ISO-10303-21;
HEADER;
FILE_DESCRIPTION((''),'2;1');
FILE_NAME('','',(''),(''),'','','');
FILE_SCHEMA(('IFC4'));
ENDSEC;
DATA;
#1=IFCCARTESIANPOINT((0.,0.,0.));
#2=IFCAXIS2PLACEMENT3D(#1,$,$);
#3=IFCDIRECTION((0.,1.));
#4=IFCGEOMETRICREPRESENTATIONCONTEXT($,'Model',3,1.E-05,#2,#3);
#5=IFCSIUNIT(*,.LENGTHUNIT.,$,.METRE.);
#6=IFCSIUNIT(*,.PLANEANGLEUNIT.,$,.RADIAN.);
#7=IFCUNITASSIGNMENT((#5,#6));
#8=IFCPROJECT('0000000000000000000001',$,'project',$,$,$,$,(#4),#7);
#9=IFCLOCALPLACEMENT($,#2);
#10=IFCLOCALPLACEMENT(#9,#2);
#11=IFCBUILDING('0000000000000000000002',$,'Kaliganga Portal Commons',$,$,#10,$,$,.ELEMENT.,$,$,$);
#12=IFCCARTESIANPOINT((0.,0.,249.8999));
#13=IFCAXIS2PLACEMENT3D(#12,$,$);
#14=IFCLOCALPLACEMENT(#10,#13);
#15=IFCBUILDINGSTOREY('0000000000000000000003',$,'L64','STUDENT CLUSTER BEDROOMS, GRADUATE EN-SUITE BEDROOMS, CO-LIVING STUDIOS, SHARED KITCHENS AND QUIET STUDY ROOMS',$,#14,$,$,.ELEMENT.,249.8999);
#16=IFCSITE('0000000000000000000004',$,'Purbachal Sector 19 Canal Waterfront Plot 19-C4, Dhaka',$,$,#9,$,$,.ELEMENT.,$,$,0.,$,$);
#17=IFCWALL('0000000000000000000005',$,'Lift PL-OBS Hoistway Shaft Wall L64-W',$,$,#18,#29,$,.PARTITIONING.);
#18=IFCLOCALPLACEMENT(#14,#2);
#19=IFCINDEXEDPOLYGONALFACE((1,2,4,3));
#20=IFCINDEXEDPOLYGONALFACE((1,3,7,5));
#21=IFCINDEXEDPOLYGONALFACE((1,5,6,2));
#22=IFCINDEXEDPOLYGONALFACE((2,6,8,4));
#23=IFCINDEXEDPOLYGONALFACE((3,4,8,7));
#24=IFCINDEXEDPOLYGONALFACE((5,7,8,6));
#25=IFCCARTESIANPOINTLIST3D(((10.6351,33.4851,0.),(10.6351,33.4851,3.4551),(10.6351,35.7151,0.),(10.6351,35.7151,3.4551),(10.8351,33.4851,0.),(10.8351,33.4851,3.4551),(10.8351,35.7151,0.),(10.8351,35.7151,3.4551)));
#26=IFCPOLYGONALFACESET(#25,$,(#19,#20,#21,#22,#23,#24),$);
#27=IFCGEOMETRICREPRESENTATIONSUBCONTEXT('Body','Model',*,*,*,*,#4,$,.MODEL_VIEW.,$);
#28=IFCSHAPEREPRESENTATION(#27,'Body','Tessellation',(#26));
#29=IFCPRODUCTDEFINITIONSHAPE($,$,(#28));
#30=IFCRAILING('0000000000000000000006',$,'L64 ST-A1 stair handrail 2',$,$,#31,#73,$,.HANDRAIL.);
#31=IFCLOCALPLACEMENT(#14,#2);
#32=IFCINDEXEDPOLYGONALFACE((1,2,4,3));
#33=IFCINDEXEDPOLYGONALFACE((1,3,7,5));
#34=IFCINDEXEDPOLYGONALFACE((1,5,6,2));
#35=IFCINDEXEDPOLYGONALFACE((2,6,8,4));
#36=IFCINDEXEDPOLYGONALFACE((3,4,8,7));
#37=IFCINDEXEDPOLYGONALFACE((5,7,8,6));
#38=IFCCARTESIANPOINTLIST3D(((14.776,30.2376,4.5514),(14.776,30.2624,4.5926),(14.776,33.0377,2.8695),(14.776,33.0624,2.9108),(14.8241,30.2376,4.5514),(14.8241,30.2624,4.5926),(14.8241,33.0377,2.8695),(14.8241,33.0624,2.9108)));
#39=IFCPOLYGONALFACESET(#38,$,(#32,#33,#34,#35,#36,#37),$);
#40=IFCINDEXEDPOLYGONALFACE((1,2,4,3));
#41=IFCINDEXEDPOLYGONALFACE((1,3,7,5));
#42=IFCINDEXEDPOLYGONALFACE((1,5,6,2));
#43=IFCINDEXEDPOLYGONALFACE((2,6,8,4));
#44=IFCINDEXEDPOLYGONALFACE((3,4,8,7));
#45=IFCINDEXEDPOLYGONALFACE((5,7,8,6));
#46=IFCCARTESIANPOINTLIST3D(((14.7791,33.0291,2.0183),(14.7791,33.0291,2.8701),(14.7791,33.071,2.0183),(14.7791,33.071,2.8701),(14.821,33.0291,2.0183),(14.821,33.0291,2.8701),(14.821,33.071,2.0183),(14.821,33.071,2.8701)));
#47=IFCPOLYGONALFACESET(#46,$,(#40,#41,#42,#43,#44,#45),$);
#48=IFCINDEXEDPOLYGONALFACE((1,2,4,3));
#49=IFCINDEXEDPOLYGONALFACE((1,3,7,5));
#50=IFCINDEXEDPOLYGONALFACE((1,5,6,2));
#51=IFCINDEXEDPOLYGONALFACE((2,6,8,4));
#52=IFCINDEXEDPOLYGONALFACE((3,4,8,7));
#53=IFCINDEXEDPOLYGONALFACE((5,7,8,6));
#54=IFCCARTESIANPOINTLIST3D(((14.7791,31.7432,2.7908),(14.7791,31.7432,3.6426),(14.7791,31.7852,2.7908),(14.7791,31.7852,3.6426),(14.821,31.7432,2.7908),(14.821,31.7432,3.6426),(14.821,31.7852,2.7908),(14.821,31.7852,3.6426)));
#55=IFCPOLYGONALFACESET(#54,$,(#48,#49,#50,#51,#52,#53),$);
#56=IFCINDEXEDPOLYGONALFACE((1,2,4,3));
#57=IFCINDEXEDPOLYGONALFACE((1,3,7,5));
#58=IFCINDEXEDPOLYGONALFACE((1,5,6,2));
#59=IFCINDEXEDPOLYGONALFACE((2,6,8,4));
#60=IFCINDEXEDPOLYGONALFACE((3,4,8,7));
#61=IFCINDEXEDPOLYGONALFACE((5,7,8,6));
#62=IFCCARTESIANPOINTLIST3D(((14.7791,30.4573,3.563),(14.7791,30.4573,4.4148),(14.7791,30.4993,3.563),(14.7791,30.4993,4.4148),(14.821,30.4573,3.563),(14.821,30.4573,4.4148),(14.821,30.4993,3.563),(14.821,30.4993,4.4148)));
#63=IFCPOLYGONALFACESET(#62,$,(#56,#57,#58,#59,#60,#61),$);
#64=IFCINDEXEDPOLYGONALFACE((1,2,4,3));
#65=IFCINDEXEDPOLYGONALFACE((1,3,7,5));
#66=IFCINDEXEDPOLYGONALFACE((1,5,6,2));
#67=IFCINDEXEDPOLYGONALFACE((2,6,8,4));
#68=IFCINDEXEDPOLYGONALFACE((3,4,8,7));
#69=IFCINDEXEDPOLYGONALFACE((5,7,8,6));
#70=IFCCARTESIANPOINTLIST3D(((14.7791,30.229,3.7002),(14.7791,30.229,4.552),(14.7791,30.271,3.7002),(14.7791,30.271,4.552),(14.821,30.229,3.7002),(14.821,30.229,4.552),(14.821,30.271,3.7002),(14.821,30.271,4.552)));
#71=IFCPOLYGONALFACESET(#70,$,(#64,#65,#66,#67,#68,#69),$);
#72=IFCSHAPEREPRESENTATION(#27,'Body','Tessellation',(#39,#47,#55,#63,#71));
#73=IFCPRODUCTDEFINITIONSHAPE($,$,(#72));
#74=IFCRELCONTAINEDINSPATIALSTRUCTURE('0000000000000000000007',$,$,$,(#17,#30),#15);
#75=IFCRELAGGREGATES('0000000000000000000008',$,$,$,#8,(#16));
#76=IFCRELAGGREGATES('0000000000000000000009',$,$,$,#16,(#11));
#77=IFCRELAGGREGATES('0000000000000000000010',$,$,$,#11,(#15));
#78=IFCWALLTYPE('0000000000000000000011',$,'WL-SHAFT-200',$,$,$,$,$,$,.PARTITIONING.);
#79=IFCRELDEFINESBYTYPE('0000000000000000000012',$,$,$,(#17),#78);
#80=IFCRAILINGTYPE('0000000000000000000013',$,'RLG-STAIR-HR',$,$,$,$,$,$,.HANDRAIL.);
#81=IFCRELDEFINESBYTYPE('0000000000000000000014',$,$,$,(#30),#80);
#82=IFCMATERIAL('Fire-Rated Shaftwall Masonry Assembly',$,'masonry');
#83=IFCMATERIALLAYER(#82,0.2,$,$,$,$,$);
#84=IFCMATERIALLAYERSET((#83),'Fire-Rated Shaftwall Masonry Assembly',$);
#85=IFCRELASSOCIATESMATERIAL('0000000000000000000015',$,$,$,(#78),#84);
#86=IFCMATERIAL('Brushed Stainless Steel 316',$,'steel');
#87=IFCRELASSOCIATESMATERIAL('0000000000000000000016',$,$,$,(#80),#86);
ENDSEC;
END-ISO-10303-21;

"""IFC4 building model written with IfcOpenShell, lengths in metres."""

from ifc_helpers import new_model, si_unit, direction, frame, frame_2d, origin, origin_2d, place, context, subcontext, project, spatial, rectangle, extrude, material, layer, layer_set, type_object, element, save


model = new_model("IFC4")

# Units and contexts
model_context = context("Model", 3, precision=1e-05, world=origin(), true_north=direction((0.0, 1.0)))
body_context = subcontext(model_context, "Body", "Model", "MODEL_VIEW")
ifc_project = project(units=[si_unit("LENGTHUNIT", "METRE"), si_unit("PLANEANGLEUNIT", "RADIAN")], contexts=[model_context])

# Site, building, storey
site_placement = place(None, origin())
site = spatial("IfcSite", under=ifc_project, at=site_placement, Name="Purbachal Sector 19 Canal Waterfront Plot 19-C4, Dhaka", CompositionType="ELEMENT", RefElevation=0.0)
building_placement = place(site_placement, origin())
building = spatial("IfcBuilding", under=site, at=building_placement, Name="Kaliganga Portal Commons", CompositionType="ELEMENT")
storey_placement = place(building_placement, frame((0.0, 0.0, 249.8999)))
storey = spatial("IfcBuildingStorey", under=building, at=storey_placement, Name="L64", Description="STUDENT CLUSTER BEDROOMS, GRADUATE EN-SUITE BEDROOMS, CO-LIVING STUDIOS, SHARED KITCHENS AND QUIET STUDY ROOMS", CompositionType="ELEMENT", Elevation=249.8999)

# Shared definitions
ifc_material_1 = material(Name="Fire-Rated Shaftwall Masonry Assembly", Category="masonry")
ifc_layer_1 = layer(ifc_material_1, 0.2)
ifc_layer_set_1 = layer_set([ifc_layer_1], Name="Fire-Rated Shaftwall Masonry Assembly")
wall_type_1 = type_object("IfcWallType", Name="WL-SHAFT-200", PredefinedType="PARTITIONING", material=ifc_layer_set_1)

# Wall
wall_1_placement = place(storey_placement, frame((10.7351, 33.4851, 0.0), z_axis=(0.0, 0.0, 1.0), x_axis=(0.0, 1.0, 0.0)))
element("IfcWall", 1, at=wall_1_placement, inside=storey, type_object=wall_type_1, Name="Lift PL-OBS Hoistway Shaft Wall L64-W", PredefinedType="PARTITIONING", context=body_context, shape_type="SweptSolid", body=[
    extrude(rectangle(XDim=2.23, YDim=0.2, at=frame_2d((1.115, 0.0))), origin(), (0.0, 0.0, 1.0), 3.4551),
])

# Railing
ifc_material_2 = material(Name="Brushed Stainless Steel 316", Category="steel")
railing_type = type_object("IfcRailingType", Name="RLG-STAIR-HR", PredefinedType="HANDRAIL", material=ifc_material_2)
railing_placement = place(storey_placement, frame((14.8, 33.05, 2.0183)))
element("IfcRailing", 2, at=railing_placement, inside=storey, type_object=railing_type, Name="L64 ST-A1 stair handrail 2", PredefinedType="HANDRAIL", context=body_context, shape_type="SweptSolid", body=[
    extrude(rectangle(XDim=0.0481, YDim=0.0481, at=origin_2d()), frame((0.0, 0.0, 0.8718), z_axis=(0.0, -0.857242, 0.514913), x_axis=(1.0, 0.0, 0.0)), (0.0, 0.0, 1.0), 3.2664),
    extrude(rectangle(XDim=0.042, YDim=0.042, at=origin_2d()), origin(), (0.0, 0.0, 1.0), 0.8518),
    extrude(rectangle(XDim=0.042, YDim=0.042, at=origin_2d()), frame((0.0, -1.2859, 0.7725)), (0.0, 0.0, 1.0), 0.8518),
    extrude(rectangle(XDim=0.042, YDim=0.042, at=origin_2d()), frame((0.0, -2.5718, 1.5447)), (0.0, 0.0, 1.0), 0.8518),
    extrude(rectangle(XDim=0.042, YDim=0.042, at=origin_2d()), frame((0.0, -2.8, 1.6819)), (0.0, 0.0, 1.0), 0.8518),
])

save(model, "model.ifc")
